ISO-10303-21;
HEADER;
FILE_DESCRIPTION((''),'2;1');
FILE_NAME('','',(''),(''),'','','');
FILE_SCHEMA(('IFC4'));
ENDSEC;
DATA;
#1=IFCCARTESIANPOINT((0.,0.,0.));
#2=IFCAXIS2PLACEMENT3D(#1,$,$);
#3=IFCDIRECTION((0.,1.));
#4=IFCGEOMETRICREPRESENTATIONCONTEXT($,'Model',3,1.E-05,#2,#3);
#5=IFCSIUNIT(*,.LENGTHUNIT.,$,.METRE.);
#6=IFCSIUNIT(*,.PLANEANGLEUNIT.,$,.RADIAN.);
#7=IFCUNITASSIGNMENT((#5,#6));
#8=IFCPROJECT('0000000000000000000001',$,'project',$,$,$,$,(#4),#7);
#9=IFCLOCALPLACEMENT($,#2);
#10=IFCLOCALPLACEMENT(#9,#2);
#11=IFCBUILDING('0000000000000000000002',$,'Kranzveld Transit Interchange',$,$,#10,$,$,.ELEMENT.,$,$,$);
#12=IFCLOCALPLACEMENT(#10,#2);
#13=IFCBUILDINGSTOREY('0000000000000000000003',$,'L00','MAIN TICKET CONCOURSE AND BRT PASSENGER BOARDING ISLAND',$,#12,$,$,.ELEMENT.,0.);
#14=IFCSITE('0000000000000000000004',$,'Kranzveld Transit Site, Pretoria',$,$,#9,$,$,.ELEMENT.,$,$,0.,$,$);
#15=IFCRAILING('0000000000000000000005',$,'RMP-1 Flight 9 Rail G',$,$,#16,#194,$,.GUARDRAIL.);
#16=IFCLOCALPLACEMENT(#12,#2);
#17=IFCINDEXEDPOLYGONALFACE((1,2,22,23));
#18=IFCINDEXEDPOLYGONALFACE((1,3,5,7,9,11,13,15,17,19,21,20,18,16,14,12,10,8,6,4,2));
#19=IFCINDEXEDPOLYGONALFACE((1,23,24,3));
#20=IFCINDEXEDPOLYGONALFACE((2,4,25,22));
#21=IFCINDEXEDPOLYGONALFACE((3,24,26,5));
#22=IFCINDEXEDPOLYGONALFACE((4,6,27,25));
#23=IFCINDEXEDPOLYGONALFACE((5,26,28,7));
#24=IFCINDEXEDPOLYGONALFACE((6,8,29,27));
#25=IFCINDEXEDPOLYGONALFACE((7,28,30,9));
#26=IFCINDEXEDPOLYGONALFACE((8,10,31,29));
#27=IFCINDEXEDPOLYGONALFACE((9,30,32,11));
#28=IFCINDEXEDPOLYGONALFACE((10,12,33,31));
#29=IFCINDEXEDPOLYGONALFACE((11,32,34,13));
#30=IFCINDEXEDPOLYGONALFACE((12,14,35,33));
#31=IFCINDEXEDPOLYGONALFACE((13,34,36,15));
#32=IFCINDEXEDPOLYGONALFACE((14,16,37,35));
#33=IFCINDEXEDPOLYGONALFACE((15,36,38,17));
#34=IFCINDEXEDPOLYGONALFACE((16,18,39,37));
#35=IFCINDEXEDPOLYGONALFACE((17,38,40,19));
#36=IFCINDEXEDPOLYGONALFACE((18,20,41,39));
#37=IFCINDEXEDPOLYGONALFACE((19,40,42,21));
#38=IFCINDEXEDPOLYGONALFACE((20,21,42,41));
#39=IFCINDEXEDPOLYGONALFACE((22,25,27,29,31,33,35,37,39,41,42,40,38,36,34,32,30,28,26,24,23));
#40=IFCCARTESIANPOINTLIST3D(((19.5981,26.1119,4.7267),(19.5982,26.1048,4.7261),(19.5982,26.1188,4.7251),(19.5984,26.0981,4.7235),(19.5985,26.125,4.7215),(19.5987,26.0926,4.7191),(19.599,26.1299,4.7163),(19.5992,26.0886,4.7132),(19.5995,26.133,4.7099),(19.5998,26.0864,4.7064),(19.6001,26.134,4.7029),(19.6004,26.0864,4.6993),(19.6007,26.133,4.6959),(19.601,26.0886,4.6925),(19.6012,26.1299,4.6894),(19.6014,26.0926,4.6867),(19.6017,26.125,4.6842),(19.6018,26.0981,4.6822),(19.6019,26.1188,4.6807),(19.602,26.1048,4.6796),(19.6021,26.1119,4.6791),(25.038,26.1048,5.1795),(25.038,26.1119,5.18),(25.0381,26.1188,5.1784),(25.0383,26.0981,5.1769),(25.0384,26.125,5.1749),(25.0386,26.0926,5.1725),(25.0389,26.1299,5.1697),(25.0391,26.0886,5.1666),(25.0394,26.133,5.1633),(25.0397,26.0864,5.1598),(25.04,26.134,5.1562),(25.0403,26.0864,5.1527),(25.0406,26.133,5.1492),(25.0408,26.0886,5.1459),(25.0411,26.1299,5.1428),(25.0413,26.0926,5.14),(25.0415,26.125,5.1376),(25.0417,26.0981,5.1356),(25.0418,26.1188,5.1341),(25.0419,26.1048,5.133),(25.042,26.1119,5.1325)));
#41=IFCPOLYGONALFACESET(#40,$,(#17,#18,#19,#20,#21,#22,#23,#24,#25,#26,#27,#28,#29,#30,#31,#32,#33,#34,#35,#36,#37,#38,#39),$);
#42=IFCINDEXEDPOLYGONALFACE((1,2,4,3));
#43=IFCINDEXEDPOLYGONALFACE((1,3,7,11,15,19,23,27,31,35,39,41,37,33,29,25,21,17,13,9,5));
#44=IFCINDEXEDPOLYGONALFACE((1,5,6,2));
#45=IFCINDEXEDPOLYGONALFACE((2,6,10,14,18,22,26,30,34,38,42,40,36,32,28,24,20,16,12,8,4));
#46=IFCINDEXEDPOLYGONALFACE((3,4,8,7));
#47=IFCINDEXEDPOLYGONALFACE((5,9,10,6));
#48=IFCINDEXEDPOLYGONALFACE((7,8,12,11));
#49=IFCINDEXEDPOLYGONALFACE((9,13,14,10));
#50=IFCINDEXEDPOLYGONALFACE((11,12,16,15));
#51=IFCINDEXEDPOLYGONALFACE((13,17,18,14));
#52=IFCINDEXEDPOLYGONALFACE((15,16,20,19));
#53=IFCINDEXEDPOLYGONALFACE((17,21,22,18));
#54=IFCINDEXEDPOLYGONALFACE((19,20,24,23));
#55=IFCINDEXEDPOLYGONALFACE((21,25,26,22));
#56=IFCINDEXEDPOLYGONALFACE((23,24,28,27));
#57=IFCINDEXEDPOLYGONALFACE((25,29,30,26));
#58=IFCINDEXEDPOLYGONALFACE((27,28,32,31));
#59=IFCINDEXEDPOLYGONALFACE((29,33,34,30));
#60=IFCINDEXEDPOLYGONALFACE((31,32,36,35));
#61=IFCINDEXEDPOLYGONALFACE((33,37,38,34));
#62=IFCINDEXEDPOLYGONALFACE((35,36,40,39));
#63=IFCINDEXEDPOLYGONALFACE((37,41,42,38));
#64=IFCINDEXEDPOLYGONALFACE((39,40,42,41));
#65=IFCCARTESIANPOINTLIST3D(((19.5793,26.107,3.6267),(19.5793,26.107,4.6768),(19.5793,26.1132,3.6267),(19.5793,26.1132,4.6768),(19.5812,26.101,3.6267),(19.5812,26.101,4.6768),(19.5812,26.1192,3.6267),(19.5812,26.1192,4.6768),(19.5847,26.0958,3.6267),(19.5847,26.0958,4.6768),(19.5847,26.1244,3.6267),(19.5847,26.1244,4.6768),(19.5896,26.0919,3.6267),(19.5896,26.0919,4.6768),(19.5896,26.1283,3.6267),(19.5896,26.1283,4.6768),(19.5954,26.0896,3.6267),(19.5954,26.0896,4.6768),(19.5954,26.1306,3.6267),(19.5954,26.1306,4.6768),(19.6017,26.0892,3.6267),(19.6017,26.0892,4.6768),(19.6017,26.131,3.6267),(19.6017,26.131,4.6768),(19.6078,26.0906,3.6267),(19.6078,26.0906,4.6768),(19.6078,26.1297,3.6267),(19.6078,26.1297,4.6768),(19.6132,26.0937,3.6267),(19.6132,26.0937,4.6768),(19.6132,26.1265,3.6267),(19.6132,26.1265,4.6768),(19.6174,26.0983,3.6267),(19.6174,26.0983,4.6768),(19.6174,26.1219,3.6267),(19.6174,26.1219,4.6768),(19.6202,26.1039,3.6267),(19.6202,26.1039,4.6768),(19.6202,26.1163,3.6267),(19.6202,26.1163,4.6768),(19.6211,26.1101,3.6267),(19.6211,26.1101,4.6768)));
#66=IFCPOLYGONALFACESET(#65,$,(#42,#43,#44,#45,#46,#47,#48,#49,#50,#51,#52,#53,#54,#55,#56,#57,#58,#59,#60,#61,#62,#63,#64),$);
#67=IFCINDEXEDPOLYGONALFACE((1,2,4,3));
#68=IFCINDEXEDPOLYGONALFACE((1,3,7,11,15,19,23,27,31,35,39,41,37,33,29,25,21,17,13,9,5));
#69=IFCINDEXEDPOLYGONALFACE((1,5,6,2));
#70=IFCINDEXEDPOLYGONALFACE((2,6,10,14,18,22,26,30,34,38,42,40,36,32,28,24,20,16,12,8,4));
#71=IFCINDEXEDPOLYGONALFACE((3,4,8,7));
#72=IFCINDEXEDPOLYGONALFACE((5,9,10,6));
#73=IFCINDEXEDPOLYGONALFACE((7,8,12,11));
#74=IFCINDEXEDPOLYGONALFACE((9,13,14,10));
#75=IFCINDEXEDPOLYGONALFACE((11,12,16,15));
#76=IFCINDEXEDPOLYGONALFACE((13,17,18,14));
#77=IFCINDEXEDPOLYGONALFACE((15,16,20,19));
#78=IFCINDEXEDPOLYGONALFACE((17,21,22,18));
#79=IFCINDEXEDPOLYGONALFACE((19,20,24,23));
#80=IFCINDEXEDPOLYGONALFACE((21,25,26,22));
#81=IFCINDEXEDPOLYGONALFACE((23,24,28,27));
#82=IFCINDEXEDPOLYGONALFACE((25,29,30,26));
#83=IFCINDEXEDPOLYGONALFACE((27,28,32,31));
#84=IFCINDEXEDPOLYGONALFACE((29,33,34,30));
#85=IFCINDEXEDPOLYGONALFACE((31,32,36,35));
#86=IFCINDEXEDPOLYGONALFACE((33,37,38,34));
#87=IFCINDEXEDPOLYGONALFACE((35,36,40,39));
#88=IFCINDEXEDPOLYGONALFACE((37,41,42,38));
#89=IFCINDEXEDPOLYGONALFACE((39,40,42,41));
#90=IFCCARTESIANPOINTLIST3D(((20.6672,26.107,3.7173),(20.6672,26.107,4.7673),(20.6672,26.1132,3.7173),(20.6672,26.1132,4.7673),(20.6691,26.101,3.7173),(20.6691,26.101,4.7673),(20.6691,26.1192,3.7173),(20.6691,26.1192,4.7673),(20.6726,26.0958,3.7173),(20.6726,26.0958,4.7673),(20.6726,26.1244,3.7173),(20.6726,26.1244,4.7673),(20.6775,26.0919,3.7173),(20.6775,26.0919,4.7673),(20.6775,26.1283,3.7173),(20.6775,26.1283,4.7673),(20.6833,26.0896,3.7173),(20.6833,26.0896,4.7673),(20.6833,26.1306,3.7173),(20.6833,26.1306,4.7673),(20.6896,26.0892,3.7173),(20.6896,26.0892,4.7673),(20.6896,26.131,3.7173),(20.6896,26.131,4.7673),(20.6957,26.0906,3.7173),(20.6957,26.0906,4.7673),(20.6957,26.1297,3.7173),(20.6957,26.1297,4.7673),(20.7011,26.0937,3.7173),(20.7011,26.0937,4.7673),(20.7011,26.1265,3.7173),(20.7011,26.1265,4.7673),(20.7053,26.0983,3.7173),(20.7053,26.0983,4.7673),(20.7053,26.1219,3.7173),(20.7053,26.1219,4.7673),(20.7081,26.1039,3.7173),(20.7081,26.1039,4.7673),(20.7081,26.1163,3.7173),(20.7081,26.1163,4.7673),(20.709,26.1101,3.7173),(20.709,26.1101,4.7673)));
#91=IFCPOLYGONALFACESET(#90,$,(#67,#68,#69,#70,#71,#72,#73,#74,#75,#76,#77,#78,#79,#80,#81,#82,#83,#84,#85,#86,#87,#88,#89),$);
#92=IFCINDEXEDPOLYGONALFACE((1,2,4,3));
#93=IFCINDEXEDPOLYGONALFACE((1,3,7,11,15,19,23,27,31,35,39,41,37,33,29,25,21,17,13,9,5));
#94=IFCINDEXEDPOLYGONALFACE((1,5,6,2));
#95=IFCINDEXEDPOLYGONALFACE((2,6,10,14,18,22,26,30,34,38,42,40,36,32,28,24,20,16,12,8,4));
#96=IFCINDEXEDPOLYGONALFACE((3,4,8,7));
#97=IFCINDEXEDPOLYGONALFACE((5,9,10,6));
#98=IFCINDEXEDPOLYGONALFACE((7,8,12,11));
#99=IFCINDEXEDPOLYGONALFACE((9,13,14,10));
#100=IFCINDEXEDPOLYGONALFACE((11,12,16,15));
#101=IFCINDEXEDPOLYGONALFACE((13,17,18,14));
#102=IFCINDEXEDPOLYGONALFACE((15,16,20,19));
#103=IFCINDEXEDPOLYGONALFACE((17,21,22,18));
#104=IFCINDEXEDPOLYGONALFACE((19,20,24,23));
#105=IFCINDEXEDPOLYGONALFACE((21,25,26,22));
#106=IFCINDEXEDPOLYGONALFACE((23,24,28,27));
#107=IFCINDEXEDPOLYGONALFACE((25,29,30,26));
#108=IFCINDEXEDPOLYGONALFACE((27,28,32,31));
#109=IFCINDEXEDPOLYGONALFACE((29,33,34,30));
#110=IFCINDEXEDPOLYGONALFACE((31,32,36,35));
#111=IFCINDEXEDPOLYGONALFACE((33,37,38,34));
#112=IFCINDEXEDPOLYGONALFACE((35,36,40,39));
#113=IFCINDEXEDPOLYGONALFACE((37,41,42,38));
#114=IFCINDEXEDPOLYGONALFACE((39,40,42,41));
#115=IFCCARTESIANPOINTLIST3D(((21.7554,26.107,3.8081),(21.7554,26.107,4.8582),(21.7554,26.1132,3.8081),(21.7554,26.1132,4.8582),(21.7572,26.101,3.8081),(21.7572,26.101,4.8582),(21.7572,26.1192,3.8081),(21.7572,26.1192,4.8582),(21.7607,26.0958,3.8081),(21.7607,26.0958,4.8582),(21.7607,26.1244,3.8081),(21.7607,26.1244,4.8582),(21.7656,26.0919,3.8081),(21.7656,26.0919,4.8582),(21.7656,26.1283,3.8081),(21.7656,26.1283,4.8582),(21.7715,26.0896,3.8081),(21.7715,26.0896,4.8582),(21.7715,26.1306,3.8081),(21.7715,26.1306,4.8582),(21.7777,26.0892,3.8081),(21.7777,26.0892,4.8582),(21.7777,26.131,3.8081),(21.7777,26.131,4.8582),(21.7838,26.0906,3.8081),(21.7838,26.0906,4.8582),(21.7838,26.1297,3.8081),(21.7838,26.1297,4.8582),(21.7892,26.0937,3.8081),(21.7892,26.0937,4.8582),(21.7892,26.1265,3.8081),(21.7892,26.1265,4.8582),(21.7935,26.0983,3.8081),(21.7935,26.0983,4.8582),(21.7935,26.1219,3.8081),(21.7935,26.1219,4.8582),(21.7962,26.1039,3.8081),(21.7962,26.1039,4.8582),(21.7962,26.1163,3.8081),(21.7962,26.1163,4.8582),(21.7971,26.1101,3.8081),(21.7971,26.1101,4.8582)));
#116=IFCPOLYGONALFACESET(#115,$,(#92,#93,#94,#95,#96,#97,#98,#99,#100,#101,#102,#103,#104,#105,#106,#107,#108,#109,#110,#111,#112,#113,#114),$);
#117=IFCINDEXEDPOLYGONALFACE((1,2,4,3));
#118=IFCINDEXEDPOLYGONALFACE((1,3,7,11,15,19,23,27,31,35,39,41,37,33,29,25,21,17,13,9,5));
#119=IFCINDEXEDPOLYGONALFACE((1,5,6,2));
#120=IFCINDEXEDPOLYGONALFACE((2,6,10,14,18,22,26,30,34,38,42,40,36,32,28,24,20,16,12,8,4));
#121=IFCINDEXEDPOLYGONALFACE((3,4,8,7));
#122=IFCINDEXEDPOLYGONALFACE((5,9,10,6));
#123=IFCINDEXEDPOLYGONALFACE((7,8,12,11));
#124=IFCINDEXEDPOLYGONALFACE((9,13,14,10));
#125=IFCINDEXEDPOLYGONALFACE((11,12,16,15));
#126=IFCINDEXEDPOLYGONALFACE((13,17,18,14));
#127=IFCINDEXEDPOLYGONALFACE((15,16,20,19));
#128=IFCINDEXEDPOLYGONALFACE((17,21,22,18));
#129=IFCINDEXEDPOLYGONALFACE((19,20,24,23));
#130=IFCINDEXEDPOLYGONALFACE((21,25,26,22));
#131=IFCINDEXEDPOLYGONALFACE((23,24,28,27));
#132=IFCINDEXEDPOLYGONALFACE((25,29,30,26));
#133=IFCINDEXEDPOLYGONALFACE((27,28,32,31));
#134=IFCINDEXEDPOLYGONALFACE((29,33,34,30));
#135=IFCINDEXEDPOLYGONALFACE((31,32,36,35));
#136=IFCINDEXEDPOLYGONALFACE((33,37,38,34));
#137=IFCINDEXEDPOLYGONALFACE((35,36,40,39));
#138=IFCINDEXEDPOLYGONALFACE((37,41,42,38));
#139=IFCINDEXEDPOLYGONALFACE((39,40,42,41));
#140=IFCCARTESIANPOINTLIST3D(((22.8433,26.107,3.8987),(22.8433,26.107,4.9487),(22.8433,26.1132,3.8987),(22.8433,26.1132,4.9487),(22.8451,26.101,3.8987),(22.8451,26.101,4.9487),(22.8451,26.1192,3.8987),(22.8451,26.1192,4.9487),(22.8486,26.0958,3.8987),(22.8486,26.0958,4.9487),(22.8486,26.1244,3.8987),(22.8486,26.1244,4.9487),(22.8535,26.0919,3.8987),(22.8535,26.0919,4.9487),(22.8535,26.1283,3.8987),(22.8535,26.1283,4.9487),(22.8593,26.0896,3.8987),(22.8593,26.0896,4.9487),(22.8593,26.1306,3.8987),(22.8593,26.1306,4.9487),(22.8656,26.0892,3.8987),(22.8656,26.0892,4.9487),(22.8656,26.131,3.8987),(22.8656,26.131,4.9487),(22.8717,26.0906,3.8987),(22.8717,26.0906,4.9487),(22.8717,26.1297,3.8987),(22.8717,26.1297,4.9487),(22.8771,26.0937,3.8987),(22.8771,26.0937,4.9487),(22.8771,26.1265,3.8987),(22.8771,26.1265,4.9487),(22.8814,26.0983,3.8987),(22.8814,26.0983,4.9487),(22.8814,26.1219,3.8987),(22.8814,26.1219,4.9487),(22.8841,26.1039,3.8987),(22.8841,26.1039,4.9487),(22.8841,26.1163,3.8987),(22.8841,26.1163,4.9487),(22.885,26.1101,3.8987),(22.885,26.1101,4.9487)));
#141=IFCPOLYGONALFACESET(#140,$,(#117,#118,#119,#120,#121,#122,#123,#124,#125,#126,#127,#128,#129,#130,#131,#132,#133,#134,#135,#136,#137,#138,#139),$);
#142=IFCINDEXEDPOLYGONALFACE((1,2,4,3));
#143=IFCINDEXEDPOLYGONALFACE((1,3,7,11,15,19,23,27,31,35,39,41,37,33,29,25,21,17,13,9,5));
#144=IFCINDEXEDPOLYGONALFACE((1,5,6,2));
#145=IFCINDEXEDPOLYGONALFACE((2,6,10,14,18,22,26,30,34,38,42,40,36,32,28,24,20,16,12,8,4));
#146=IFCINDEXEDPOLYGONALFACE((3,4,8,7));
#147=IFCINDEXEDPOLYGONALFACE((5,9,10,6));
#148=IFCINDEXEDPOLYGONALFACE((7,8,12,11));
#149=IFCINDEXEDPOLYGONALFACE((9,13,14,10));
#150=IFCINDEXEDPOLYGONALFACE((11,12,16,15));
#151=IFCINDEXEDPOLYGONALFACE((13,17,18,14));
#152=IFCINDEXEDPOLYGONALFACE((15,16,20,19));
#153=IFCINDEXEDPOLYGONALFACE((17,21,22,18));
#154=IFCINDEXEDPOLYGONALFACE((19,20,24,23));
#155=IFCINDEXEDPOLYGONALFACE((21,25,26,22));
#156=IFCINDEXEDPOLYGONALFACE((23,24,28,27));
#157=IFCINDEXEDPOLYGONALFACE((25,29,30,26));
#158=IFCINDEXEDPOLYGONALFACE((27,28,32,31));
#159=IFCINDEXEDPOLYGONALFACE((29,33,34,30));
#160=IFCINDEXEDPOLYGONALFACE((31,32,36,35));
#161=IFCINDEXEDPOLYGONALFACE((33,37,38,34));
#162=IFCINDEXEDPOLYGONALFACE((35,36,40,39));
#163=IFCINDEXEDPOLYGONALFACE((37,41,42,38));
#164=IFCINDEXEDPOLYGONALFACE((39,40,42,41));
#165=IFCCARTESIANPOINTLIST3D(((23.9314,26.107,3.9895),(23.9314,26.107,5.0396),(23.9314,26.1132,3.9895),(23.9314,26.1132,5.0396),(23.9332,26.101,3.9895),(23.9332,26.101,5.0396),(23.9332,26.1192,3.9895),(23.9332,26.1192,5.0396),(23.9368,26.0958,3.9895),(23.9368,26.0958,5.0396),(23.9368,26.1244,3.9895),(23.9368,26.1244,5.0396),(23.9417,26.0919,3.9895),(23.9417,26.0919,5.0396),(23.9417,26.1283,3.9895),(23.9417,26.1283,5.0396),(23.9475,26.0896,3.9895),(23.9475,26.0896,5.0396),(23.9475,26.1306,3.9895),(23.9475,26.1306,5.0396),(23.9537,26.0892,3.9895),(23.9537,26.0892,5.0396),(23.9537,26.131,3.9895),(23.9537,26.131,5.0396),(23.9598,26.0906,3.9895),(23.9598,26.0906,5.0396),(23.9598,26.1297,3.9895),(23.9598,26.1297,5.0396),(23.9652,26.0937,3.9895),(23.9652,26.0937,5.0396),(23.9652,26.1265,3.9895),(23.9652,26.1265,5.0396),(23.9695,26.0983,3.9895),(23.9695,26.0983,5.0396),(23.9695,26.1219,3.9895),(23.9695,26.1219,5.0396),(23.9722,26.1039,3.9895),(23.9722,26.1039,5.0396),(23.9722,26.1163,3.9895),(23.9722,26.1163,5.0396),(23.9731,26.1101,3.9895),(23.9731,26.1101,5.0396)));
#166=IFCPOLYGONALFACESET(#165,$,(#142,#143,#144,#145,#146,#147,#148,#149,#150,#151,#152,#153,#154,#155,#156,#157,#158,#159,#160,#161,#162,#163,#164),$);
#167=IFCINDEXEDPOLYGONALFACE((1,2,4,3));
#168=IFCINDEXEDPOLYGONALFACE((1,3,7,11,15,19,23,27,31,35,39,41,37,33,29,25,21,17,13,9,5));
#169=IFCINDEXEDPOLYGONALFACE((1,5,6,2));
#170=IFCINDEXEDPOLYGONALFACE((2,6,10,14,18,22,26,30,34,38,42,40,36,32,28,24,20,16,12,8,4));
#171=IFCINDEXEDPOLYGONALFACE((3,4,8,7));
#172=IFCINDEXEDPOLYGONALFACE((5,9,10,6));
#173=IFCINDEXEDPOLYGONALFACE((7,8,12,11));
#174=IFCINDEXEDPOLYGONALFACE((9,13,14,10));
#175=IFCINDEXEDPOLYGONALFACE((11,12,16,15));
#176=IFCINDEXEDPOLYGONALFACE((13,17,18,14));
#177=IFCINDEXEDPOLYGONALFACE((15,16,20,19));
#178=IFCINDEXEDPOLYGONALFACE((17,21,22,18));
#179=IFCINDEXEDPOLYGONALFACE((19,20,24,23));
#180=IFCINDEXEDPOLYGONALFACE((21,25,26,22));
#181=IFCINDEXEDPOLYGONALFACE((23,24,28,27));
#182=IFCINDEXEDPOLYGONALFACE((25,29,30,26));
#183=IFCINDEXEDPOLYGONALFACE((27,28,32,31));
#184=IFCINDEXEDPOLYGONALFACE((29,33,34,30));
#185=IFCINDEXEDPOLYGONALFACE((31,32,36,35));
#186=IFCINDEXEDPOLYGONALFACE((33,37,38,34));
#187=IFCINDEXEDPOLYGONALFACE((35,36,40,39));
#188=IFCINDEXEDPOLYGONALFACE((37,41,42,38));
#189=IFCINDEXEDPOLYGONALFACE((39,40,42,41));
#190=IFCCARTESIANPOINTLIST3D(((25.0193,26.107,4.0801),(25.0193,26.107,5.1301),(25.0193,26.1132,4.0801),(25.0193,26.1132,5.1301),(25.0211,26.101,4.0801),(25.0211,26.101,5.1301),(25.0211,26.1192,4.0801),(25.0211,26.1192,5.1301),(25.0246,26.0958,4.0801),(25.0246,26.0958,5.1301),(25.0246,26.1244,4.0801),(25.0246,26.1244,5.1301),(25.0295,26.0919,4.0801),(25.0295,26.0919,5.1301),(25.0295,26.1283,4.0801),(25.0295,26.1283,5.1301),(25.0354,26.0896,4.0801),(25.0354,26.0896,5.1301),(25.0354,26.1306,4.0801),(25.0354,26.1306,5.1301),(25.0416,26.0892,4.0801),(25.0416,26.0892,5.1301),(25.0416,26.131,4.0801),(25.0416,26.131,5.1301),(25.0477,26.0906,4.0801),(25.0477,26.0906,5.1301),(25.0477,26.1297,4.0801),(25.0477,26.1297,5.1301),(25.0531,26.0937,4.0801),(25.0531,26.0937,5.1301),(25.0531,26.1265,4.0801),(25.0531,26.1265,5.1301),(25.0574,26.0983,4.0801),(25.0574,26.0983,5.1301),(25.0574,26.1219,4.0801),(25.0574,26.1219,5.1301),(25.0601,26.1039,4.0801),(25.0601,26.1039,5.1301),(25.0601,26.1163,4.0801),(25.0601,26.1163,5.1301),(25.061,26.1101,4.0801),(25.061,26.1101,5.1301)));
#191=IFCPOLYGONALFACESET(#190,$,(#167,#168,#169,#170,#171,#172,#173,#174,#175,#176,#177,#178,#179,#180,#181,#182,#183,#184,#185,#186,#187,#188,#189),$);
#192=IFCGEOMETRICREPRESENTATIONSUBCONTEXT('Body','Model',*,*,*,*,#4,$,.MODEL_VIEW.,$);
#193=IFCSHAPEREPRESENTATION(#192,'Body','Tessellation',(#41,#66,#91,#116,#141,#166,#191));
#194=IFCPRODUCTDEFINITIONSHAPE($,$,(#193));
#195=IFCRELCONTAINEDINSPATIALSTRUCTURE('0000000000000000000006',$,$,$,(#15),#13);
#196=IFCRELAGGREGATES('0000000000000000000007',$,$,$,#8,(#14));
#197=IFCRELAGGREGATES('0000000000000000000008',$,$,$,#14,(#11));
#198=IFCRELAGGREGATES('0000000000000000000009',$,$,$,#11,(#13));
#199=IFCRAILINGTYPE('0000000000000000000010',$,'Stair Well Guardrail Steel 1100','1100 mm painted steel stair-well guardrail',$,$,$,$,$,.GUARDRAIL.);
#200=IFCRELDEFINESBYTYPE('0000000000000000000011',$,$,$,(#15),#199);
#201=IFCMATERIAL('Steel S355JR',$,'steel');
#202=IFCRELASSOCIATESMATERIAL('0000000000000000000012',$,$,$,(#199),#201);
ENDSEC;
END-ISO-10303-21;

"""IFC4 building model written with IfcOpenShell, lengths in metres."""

from ifc_helpers import new_model, si_unit, direction, frame, origin, origin_2d, place, context, subcontext, project, spatial, circle, extrude, material, type_object, element, save


model = new_model("IFC4")

# Units and contexts
model_context = context("Model", 3, precision=1e-05, world=origin(), true_north=direction((0.0, 1.0)))
body_context = subcontext(model_context, "Body", "Model", "MODEL_VIEW")
ifc_project = project(units=[si_unit("LENGTHUNIT", "METRE"), si_unit("PLANEANGLEUNIT", "RADIAN")], contexts=[model_context])

# Site, building, storey
site_placement = place(None, origin())
site = spatial("IfcSite", under=ifc_project, at=site_placement, Name="Kranzveld Transit Site, Pretoria", CompositionType="ELEMENT", RefElevation=0.0)
building_placement = place(site_placement, origin())
building = spatial("IfcBuilding", under=site, at=building_placement, Name="Kranzveld Transit Interchange", CompositionType="ELEMENT")
storey_placement = place(building_placement, origin())
storey = spatial("IfcBuildingStorey", under=building, at=storey_placement, Name="L00", Description="MAIN TICKET CONCOURSE AND BRT PASSENGER BOARDING ISLAND", CompositionType="ELEMENT", Elevation=0.0)

# Railing
ifc_material_1 = material(Name="Steel S355JR", Category="steel")
railing_type_1 = type_object("IfcRailingType", Name="Stair Well Guardrail Steel 1100", Description="1100 mm painted steel stair-well guardrail", PredefinedType="GUARDRAIL", material=ifc_material_1)
for number, where, name in (
    (1, (19.6001, 26.1101, 3.6267), "RMP-1 Flight 9 Rail G"),
):
    element("IfcRailing", number, at=place(storey_placement, frame(where)), inside=storey, type_object=railing_type_1, Name=name, PredefinedType="GUARDRAIL", context=body_context, shape_type="SweptSolid", body=[
        extrude(circle(Radius=0.0239, at=origin_2d()), frame((0.0, 0.0, 1.0762), z_axis=(0.996545, 0.0, 0.083053), x_axis=(0.0, 1.0, 0.0)), (0.0, 0.0, 1.0), 5.4587),
        extrude(circle(Radius=0.021, at=origin_2d()), origin(), (0.0, 0.0, 1.0), 1.05),
        extrude(circle(Radius=0.021, at=origin_2d()), frame((1.0879, 0.0, 0.0906)), (0.0, 0.0, 1.0), 1.05),
        extrude(circle(Radius=0.021, at=origin_2d()), frame((2.176, 0.0, 0.1814)), (0.0, 0.0, 1.0), 1.05),
        extrude(circle(Radius=0.021, at=origin_2d()), frame((3.2639, 0.0, 0.272)), (0.0, 0.0, 1.0), 1.05),
        extrude(circle(Radius=0.021, at=origin_2d()), frame((4.3521, 0.0, 0.3628)), (0.0, 0.0, 1.0), 1.05),
        extrude(circle(Radius=0.021, at=origin_2d()), frame((5.4399, 0.0, 0.4534)), (0.0, 0.0, 1.0), 1.05),
    ])

save(model, "model.ifc")
